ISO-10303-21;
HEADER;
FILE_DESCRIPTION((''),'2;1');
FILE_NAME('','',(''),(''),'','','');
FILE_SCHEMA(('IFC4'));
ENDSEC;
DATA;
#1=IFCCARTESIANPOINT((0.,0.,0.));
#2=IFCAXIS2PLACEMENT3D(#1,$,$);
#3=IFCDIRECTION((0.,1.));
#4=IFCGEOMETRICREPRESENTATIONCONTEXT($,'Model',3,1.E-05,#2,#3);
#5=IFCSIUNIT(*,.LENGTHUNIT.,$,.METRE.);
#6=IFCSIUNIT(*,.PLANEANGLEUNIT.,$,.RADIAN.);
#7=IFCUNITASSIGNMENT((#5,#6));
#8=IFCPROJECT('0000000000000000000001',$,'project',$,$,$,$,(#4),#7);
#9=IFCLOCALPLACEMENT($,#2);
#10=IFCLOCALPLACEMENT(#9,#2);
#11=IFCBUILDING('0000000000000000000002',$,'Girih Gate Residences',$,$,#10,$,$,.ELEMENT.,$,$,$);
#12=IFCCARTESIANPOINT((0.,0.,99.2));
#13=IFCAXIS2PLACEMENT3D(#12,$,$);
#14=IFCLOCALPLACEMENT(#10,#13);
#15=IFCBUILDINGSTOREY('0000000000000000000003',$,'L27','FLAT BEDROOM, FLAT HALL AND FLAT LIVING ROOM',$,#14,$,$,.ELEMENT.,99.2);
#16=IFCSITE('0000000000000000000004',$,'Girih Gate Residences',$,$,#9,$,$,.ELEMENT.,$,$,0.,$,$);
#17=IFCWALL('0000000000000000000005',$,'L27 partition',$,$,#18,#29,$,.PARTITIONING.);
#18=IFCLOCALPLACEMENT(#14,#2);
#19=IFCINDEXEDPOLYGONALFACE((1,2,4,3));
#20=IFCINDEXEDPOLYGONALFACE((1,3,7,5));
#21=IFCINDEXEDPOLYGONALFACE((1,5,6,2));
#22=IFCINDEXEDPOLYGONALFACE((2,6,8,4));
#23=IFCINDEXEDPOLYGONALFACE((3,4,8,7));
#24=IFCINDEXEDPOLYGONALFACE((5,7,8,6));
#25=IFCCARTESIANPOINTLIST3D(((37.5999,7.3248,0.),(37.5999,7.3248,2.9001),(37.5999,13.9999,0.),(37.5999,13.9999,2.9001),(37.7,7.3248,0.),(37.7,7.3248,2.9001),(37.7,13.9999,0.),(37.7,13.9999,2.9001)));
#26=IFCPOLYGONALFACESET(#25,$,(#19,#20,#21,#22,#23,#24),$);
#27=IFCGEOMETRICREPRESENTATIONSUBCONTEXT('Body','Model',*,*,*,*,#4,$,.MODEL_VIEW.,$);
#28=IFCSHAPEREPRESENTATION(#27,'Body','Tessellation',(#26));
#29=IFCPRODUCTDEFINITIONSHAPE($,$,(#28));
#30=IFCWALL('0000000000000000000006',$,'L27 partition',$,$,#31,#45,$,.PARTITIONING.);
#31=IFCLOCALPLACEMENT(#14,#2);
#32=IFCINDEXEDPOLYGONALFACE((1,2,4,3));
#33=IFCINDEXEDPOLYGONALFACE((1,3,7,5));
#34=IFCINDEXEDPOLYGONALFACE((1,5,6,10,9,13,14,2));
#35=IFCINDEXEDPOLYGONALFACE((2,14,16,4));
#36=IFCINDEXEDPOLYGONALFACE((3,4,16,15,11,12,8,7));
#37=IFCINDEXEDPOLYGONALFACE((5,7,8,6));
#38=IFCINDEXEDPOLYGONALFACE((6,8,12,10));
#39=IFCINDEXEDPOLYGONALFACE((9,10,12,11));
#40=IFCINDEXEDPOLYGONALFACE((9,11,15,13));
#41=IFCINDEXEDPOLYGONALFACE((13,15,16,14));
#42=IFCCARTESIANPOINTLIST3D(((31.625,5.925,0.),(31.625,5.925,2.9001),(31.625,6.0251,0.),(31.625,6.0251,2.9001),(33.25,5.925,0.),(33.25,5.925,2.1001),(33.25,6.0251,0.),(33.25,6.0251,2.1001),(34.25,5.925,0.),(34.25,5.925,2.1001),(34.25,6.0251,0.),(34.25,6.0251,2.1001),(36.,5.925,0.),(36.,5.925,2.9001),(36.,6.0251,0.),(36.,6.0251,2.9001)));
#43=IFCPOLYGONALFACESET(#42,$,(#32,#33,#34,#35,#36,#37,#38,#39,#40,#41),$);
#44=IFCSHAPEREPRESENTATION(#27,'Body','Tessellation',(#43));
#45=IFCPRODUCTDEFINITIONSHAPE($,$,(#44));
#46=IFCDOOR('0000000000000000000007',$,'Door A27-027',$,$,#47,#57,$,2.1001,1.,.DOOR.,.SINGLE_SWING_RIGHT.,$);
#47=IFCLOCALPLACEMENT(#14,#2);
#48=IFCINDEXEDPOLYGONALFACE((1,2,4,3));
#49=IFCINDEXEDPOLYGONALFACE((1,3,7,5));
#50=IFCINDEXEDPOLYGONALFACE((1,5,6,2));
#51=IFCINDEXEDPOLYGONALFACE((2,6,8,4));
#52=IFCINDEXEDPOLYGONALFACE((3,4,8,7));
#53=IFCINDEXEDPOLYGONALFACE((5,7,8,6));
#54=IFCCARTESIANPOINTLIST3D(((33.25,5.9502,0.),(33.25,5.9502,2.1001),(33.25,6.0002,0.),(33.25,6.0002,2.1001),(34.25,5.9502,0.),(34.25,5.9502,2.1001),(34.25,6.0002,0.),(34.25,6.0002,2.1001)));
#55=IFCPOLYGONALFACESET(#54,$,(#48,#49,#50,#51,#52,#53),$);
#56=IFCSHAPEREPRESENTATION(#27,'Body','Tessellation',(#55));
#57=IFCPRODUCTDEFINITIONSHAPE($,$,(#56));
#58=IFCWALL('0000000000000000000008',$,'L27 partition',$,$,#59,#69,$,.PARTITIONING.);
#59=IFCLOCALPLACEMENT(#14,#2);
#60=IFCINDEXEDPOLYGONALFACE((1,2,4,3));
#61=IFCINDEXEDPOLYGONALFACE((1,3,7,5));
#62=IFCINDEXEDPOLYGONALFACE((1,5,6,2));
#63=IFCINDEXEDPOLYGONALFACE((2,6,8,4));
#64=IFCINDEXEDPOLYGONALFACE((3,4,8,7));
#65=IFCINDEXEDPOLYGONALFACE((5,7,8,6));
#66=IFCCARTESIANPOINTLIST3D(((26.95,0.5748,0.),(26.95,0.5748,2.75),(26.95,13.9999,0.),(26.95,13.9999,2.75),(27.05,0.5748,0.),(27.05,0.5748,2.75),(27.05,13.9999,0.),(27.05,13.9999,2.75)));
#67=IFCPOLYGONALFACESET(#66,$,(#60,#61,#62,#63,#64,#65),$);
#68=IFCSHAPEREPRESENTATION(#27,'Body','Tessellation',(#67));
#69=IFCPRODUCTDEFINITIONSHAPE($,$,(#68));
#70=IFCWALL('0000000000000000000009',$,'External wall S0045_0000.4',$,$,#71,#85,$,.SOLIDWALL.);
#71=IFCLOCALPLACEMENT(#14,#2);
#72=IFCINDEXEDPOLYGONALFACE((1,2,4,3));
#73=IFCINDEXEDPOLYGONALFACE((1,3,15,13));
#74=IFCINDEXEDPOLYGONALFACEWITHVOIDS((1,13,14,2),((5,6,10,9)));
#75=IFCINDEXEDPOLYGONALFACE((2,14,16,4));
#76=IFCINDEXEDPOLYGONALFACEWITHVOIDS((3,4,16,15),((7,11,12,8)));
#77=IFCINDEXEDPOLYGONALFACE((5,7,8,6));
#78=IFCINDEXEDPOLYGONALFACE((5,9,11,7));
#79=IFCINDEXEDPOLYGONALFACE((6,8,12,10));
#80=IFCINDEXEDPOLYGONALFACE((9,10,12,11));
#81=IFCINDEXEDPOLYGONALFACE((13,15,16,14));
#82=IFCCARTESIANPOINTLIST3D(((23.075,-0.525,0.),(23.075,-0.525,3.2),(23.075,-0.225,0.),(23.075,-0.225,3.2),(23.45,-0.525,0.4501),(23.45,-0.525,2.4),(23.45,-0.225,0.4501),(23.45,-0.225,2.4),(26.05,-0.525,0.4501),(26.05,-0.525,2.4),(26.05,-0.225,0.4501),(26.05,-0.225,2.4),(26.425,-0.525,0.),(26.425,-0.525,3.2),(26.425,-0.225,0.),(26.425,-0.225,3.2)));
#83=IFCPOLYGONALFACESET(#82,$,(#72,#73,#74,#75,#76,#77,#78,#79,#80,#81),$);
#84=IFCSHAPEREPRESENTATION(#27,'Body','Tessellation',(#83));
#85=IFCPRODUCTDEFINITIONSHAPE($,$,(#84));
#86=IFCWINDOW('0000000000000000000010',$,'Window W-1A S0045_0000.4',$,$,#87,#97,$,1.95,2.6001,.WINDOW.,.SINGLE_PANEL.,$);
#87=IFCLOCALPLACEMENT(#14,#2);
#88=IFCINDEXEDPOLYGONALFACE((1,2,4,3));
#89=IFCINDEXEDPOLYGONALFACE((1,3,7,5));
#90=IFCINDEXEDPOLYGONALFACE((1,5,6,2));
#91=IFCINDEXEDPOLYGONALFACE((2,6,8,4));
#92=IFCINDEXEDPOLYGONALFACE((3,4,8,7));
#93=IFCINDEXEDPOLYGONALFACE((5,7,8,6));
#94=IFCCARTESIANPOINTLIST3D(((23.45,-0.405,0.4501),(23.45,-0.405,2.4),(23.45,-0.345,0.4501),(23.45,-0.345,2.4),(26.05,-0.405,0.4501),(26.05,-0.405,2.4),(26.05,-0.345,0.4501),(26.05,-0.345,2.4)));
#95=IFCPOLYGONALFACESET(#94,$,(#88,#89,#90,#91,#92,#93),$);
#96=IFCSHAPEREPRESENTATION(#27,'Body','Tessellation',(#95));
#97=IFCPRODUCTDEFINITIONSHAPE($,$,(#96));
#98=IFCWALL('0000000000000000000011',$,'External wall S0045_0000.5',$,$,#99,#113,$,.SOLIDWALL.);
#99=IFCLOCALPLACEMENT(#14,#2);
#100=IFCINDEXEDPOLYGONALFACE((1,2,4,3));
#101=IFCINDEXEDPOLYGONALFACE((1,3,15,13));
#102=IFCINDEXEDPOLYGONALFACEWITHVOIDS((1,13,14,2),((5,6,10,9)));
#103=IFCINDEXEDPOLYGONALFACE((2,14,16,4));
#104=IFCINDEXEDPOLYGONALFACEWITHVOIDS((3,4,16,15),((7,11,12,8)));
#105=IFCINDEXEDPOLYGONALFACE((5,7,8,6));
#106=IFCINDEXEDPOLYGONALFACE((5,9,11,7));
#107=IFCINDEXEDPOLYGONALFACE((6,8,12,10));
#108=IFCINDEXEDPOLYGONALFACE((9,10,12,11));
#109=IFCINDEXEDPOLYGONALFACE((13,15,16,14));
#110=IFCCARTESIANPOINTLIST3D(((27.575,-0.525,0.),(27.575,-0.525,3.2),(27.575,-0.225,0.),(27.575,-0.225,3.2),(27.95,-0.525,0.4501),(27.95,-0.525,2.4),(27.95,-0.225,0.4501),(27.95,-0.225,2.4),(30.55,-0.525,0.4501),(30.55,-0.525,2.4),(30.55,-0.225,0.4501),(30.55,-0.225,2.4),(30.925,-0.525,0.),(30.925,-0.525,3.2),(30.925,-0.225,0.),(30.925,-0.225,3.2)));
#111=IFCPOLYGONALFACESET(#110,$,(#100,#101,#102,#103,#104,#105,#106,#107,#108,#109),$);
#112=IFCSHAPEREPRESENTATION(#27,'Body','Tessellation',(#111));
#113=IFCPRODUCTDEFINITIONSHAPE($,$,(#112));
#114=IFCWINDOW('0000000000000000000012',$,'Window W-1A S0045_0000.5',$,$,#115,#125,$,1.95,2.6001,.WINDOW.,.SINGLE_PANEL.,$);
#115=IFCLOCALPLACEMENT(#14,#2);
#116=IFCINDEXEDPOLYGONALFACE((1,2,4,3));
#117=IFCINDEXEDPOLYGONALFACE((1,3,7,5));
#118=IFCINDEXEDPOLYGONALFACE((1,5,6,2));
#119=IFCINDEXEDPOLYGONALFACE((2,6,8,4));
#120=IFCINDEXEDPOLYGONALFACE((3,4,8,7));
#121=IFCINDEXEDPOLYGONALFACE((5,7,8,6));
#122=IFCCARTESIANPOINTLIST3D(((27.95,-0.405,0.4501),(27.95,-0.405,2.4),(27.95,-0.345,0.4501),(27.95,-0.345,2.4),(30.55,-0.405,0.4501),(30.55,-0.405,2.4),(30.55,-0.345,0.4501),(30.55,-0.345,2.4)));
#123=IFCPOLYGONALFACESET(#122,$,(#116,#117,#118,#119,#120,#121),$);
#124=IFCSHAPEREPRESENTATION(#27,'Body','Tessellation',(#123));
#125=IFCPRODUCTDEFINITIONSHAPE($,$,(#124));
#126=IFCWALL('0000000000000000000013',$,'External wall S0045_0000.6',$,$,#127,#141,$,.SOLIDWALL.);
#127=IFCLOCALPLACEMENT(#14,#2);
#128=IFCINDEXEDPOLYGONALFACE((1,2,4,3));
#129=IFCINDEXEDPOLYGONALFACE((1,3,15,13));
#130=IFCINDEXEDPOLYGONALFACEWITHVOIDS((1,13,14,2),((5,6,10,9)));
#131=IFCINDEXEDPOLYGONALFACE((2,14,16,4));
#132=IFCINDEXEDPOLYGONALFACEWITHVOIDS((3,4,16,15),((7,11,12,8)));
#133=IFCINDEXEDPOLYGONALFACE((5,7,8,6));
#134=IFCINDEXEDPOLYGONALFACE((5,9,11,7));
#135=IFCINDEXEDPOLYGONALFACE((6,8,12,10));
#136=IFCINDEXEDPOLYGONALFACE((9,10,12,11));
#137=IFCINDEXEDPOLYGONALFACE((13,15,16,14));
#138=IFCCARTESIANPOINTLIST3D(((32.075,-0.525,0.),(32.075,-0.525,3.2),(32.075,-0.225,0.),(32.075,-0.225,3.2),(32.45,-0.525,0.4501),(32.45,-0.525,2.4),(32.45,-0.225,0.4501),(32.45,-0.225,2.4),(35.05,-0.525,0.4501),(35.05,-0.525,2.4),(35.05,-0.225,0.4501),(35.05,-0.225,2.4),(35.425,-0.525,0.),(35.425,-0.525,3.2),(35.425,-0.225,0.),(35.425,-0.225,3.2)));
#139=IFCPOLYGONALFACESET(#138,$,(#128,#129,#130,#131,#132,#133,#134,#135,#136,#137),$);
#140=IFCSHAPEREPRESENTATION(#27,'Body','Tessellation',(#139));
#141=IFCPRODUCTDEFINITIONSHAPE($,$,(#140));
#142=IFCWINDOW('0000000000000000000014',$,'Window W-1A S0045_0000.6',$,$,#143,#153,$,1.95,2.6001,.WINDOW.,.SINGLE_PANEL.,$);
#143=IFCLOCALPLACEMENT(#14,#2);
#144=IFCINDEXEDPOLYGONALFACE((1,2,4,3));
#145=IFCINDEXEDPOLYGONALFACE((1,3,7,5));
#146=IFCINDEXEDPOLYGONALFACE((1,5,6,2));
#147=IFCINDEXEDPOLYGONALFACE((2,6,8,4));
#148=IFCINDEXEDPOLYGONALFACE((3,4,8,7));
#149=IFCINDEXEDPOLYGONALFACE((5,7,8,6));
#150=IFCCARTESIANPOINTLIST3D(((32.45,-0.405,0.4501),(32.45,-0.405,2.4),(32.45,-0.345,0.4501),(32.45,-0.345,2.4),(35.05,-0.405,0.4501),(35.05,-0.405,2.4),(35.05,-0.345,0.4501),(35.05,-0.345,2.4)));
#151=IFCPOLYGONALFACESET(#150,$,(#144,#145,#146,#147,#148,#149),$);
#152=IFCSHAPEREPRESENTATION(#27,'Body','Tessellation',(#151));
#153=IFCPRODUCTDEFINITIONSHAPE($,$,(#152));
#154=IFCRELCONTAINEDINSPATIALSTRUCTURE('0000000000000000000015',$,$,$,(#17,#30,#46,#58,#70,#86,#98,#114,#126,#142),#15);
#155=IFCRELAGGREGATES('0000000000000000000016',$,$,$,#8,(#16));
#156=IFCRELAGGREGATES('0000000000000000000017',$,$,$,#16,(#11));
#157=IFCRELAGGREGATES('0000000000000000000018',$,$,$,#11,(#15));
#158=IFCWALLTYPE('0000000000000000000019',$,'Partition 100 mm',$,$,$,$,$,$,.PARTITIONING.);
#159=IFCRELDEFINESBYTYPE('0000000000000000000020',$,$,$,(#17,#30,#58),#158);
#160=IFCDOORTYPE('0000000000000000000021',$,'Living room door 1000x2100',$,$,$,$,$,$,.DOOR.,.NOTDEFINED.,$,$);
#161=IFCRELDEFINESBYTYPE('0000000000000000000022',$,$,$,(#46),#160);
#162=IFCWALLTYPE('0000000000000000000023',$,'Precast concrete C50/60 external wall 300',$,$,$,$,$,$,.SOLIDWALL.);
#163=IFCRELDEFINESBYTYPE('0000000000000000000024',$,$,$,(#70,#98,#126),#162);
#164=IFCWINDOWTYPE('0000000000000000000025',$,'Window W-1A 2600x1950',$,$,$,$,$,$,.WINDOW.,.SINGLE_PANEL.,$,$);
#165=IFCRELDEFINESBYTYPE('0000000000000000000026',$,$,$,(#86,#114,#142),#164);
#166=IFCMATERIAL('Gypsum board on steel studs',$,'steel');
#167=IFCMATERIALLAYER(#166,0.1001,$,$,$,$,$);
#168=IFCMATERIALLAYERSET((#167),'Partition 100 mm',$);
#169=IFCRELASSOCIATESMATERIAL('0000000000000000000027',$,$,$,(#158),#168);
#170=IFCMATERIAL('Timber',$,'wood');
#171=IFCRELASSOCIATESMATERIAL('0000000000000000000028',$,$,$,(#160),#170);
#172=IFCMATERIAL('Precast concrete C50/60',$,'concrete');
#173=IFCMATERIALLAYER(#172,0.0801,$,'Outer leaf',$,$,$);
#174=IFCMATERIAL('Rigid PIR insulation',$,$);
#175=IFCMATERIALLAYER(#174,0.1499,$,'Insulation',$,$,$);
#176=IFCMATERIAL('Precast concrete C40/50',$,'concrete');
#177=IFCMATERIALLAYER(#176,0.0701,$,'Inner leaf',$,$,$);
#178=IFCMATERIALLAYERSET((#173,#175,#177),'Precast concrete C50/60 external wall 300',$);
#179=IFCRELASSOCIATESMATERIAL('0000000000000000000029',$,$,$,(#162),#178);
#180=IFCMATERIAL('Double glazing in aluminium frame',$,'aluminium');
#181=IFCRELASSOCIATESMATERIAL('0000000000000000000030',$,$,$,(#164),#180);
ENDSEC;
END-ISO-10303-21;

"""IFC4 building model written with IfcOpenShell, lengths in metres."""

from ifc_helpers import new_model, si_unit, direction, frame, frame_2d, origin, place, context, subcontext, project, spatial, rectangle, extrude, material, layer, layer_set, type_object, element, fill, save


model = new_model("IFC4")

# Units and contexts
model_context = context("Model", 3, precision=1e-05, world=origin(), true_north=direction((0.0, 1.0)))
body_context = subcontext(model_context, "Body", "Model", "MODEL_VIEW")
ifc_project = project(units=[si_unit("LENGTHUNIT", "METRE"), si_unit("PLANEANGLEUNIT", "RADIAN")], contexts=[model_context])

# Site, building, storey
site_placement = place(None, origin())
site = spatial("IfcSite", under=ifc_project, at=site_placement, Name="Girih Gate Residences", CompositionType="ELEMENT", RefElevation=0.0)
building_placement = place(site_placement, origin())
building = spatial("IfcBuilding", under=site, at=building_placement, Name="Girih Gate Residences", CompositionType="ELEMENT")
storey_placement = place(building_placement, frame((0.0, 0.0, 99.2)))
storey = spatial("IfcBuildingStorey", under=building, at=storey_placement, Name="L27", Description="FLAT BEDROOM, FLAT HALL AND FLAT LIVING ROOM", CompositionType="ELEMENT", Elevation=99.2)

# Shared definitions
ifc_material_1 = material(Name="Gypsum board on steel studs", Category="steel")
ifc_layer_1 = layer(ifc_material_1, 0.1001)
ifc_layer_set_1 = layer_set([ifc_layer_1], Name="Partition 100 mm")
wall_type_1 = type_object("IfcWallType", Name="Partition 100 mm", PredefinedType="PARTITIONING", material=ifc_layer_set_1)

# Shared definitions
ifc_material_2 = material(Name="Timber", Category="wood")

# Wall
wall_1_placement = place(storey_placement, frame((37.6499, 7.325, 0.0), z_axis=(0.0, 0.0, 1.0), x_axis=(0.0, 1.0, 0.0)))
element("IfcWall", 1, at=wall_1_placement, inside=storey, type_object=wall_type_1, Name="L27 partition", PredefinedType="PARTITIONING", context=body_context, shape_type="SweptSolid", body=[
    extrude(rectangle(XDim=6.675, YDim=0.1001, at=frame_2d((3.3374, 0.0))), origin(), (0.0, 0.0, 1.0), 2.9001),
])

# Wall, opening, door
wall_2_placement = place(storey_placement, frame((36.0, 5.9751, 0.0), z_axis=(0.0, 0.0, 1.0), x_axis=(-1.0, 0.0, 0.0)))
wall_2 = element("IfcWall", 2, at=wall_2_placement, inside=storey, type_object=wall_type_1, Name="L27 partition", PredefinedType="PARTITIONING", context=body_context, shape_type="SweptSolid", body=[
    extrude(rectangle(XDim=4.375, YDim=0.1001, at=frame_2d((2.1875, 0.0))), origin(), (0.0, 0.0, 1.0), 2.9001),
])
opening_1_placement = place(wall_2_placement, frame((1.75, 0.0, 0.0)))
opening_1 = element("IfcOpeningElement", 3, at=opening_1_placement, cuts=wall_2, PredefinedType="OPENING", context=body_context, shape_type="SweptSolid", body=[
    extrude(rectangle(XDim=1.0, YDim=2.1001, at=frame_2d((0.5, 1.05))), frame((0.0, 0.0601, 0.0), z_axis=(0.0, -1.0, 0.0), x_axis=(1.0, 0.0, 0.0)), (0.0, 0.0, 1.0), 0.1201),
])
door_type_1 = type_object("IfcDoorType", Name="Living room door 1000x2100", OperationType="NOTDEFINED", PredefinedType="DOOR", material=ifc_material_2)
door_1_placement = place(opening_1_placement, origin())
door_1 = element("IfcDoor", 4, at=door_1_placement, inside=storey, type_object=door_type_1, Name="Door A27-027", OperationType="SINGLE_SWING_RIGHT", OverallHeight=2.1001, OverallWidth=1.0, PredefinedType="DOOR", context=body_context, shape_type="SweptSolid", body=[
    extrude(rectangle(XDim=1.0, YDim=2.1001, at=frame_2d((0.5, 1.05))), frame((0.0, 0.0249, 0.0), z_axis=(0.0, -1.0, 0.0), x_axis=(1.0, 0.0, 0.0)), (0.0, 0.0, 1.0), 0.05),
])
fill(opening_1, door_1)

# Wall
wall_3_placement = place(storey_placement, frame((27.0, 0.575, 0.0), z_axis=(0.0, 0.0, 1.0), x_axis=(0.0, 1.0, 0.0)))
element("IfcWall", 5, at=wall_3_placement, inside=storey, type_object=wall_type_1, Name="L27 partition", PredefinedType="PARTITIONING", context=body_context, shape_type="SweptSolid", body=[
    extrude(rectangle(XDim=13.425, YDim=0.1001, at=frame_2d((6.7124, 0.0))), origin(), (0.0, 0.0, 1.0), 2.75),
])

# Walls, openings, windows
ifc_material_3 = material(Name="Precast concrete C50/60", Category="concrete")
ifc_layer_2 = layer(ifc_material_3, 0.0801, Name="Outer leaf")
ifc_material_4 = material(Name="Rigid PIR insulation")
ifc_layer_3 = layer(ifc_material_4, 0.1499, Name="Insulation")
ifc_material_5 = material(Name="Precast concrete C40/50", Category="concrete")
ifc_layer_4 = layer(ifc_material_5, 0.0701, Name="Inner leaf")
ifc_layer_set_2 = layer_set([ifc_layer_2, ifc_layer_3, ifc_layer_4], Name="Precast concrete C50/60 external wall 300")
wall_type_2 = type_object("IfcWallType", Name="Precast concrete C50/60 external wall 300", PredefinedType="SOLIDWALL", material=ifc_layer_set_2)
wall_4_placement = place(storey_placement, frame((26.425, -0.375, 0.0), z_axis=(0.0, 0.0, 1.0), x_axis=(-1.0, 0.0, 0.0)))
wall_4 = element("IfcWall", 6, at=wall_4_placement, inside=storey, type_object=wall_type_2, Name="External wall S0045_0000.4", PredefinedType="SOLIDWALL", context=body_context, shape_type="SweptSolid", body=[
    extrude(rectangle(XDim=3.3501, YDim=0.3, at=frame_2d((1.675, 0.0))), origin(), (0.0, 0.0, 1.0), 3.2),
])
opening_2_placement = place(wall_4_placement, frame((0.375, 0.0, 0.45)))
opening_2 = element("IfcOpeningElement", 7, at=opening_2_placement, cuts=wall_4, PredefinedType="OPENING", context=body_context, shape_type="SweptSolid", body=[
    extrude(rectangle(XDim=2.6001, YDim=1.95, at=frame_2d((1.3, 0.9751))), frame((0.0, 0.1599, 0.0), z_axis=(0.0, -1.0, 0.0), x_axis=(1.0, 0.0, 0.0)), (0.0, 0.0, 1.0), 0.3201),
])
ifc_material_6 = material(Name="Double glazing in aluminium frame", Category="aluminium")
window_type = type_object("IfcWindowType", Name="Window W-1A 2600x1950", PartitioningType="SINGLE_PANEL", PredefinedType="WINDOW", material=ifc_material_6)
window_1_placement = place(opening_2_placement, origin())
window_1 = element("IfcWindow", 8, at=window_1_placement, inside=storey, type_object=window_type, Name="Window W-1A S0045_0000.4", OverallHeight=1.95, OverallWidth=2.6001, PartitioningType="SINGLE_PANEL", PredefinedType="WINDOW", context=body_context, shape_type="SweptSolid", body=[
    extrude(rectangle(XDim=2.6001, YDim=1.95, at=frame_2d((1.3, 0.9751))), frame((0.0, 0.03, 0.0), z_axis=(0.0, -1.0, 0.0), x_axis=(1.0, 0.0, 0.0)), (0.0, 0.0, 1.0), 0.0601),
])
fill(opening_2, window_1)
wall_5_placement = place(storey_placement, frame((30.925, -0.375, 0.0), z_axis=(0.0, 0.0, 1.0), x_axis=(-1.0, 0.0, 0.0)))
wall_5 = element("IfcWall", 9, at=wall_5_placement, inside=storey, type_object=wall_type_2, Name="External wall S0045_0000.5", PredefinedType="SOLIDWALL", context=body_context, shape_type="SweptSolid", body=[
    extrude(rectangle(XDim=3.3501, YDim=0.3, at=frame_2d((1.675, 0.0))), origin(), (0.0, 0.0, 1.0), 3.2),
])
opening_3_placement = place(wall_5_placement, frame((0.375, 0.0, 0.45)))
opening_3 = element("IfcOpeningElement", 10, at=opening_3_placement, cuts=wall_5, PredefinedType="OPENING", context=body_context, shape_type="SweptSolid", body=[
    extrude(rectangle(XDim=2.6001, YDim=1.95, at=frame_2d((1.3, 0.9751))), frame((0.0, 0.1599, 0.0), z_axis=(0.0, -1.0, 0.0), x_axis=(1.0, 0.0, 0.0)), (0.0, 0.0, 1.0), 0.3201),
])
window_2_placement = place(opening_3_placement, origin())
window_2 = element("IfcWindow", 11, at=window_2_placement, inside=storey, type_object=window_type, Name="Window W-1A S0045_0000.5", OverallHeight=1.95, OverallWidth=2.6001, PartitioningType="SINGLE_PANEL", PredefinedType="WINDOW", context=body_context, shape_type="SweptSolid", body=[
    extrude(rectangle(XDim=2.6001, YDim=1.95, at=frame_2d((1.3, 0.9751))), frame((0.0, 0.03, 0.0), z_axis=(0.0, -1.0, 0.0), x_axis=(1.0, 0.0, 0.0)), (0.0, 0.0, 1.0), 0.0601),
])
fill(opening_3, window_2)
wall_6_placement = place(storey_placement, frame((35.425, -0.375, 0.0), z_axis=(0.0, 0.0, 1.0), x_axis=(-1.0, 0.0, 0.0)))
wall_6 = element("IfcWall", 12, at=wall_6_placement, inside=storey, type_object=wall_type_2, Name="External wall S0045_0000.6", PredefinedType="SOLIDWALL", context=body_context, shape_type="SweptSolid", body=[
    extrude(rectangle(XDim=3.3501, YDim=0.3, at=frame_2d((1.675, 0.0))), origin(), (0.0, 0.0, 1.0), 3.2),
])
opening_4_placement = place(wall_6_placement, frame((0.375, 0.0, 0.45)))
opening_4 = element("IfcOpeningElement", 13, at=opening_4_placement, cuts=wall_6, PredefinedType="OPENING", context=body_context, shape_type="SweptSolid", body=[
    extrude(rectangle(XDim=2.6001, YDim=1.95, at=frame_2d((1.3, 0.9751))), frame((0.0, 0.1599, 0.0), z_axis=(0.0, -1.0, 0.0), x_axis=(1.0, 0.0, 0.0)), (0.0, 0.0, 1.0), 0.3201),
])
window_3_placement = place(opening_4_placement, origin())
window_3 = element("IfcWindow", 14, at=window_3_placement, inside=storey, type_object=window_type, Name="Window W-1A S0045_0000.6", OverallHeight=1.95, OverallWidth=2.6001, PartitioningType="SINGLE_PANEL", PredefinedType="WINDOW", context=body_context, shape_type="SweptSolid", body=[
    extrude(rectangle(XDim=2.6001, YDim=1.95, at=frame_2d((1.3, 0.9751))), frame((0.0, 0.03, 0.0), z_axis=(0.0, -1.0, 0.0), x_axis=(1.0, 0.0, 0.0)), (0.0, 0.0, 1.0), 0.0601),
])
fill(opening_4, window_3)

save(model, "model.ifc")
